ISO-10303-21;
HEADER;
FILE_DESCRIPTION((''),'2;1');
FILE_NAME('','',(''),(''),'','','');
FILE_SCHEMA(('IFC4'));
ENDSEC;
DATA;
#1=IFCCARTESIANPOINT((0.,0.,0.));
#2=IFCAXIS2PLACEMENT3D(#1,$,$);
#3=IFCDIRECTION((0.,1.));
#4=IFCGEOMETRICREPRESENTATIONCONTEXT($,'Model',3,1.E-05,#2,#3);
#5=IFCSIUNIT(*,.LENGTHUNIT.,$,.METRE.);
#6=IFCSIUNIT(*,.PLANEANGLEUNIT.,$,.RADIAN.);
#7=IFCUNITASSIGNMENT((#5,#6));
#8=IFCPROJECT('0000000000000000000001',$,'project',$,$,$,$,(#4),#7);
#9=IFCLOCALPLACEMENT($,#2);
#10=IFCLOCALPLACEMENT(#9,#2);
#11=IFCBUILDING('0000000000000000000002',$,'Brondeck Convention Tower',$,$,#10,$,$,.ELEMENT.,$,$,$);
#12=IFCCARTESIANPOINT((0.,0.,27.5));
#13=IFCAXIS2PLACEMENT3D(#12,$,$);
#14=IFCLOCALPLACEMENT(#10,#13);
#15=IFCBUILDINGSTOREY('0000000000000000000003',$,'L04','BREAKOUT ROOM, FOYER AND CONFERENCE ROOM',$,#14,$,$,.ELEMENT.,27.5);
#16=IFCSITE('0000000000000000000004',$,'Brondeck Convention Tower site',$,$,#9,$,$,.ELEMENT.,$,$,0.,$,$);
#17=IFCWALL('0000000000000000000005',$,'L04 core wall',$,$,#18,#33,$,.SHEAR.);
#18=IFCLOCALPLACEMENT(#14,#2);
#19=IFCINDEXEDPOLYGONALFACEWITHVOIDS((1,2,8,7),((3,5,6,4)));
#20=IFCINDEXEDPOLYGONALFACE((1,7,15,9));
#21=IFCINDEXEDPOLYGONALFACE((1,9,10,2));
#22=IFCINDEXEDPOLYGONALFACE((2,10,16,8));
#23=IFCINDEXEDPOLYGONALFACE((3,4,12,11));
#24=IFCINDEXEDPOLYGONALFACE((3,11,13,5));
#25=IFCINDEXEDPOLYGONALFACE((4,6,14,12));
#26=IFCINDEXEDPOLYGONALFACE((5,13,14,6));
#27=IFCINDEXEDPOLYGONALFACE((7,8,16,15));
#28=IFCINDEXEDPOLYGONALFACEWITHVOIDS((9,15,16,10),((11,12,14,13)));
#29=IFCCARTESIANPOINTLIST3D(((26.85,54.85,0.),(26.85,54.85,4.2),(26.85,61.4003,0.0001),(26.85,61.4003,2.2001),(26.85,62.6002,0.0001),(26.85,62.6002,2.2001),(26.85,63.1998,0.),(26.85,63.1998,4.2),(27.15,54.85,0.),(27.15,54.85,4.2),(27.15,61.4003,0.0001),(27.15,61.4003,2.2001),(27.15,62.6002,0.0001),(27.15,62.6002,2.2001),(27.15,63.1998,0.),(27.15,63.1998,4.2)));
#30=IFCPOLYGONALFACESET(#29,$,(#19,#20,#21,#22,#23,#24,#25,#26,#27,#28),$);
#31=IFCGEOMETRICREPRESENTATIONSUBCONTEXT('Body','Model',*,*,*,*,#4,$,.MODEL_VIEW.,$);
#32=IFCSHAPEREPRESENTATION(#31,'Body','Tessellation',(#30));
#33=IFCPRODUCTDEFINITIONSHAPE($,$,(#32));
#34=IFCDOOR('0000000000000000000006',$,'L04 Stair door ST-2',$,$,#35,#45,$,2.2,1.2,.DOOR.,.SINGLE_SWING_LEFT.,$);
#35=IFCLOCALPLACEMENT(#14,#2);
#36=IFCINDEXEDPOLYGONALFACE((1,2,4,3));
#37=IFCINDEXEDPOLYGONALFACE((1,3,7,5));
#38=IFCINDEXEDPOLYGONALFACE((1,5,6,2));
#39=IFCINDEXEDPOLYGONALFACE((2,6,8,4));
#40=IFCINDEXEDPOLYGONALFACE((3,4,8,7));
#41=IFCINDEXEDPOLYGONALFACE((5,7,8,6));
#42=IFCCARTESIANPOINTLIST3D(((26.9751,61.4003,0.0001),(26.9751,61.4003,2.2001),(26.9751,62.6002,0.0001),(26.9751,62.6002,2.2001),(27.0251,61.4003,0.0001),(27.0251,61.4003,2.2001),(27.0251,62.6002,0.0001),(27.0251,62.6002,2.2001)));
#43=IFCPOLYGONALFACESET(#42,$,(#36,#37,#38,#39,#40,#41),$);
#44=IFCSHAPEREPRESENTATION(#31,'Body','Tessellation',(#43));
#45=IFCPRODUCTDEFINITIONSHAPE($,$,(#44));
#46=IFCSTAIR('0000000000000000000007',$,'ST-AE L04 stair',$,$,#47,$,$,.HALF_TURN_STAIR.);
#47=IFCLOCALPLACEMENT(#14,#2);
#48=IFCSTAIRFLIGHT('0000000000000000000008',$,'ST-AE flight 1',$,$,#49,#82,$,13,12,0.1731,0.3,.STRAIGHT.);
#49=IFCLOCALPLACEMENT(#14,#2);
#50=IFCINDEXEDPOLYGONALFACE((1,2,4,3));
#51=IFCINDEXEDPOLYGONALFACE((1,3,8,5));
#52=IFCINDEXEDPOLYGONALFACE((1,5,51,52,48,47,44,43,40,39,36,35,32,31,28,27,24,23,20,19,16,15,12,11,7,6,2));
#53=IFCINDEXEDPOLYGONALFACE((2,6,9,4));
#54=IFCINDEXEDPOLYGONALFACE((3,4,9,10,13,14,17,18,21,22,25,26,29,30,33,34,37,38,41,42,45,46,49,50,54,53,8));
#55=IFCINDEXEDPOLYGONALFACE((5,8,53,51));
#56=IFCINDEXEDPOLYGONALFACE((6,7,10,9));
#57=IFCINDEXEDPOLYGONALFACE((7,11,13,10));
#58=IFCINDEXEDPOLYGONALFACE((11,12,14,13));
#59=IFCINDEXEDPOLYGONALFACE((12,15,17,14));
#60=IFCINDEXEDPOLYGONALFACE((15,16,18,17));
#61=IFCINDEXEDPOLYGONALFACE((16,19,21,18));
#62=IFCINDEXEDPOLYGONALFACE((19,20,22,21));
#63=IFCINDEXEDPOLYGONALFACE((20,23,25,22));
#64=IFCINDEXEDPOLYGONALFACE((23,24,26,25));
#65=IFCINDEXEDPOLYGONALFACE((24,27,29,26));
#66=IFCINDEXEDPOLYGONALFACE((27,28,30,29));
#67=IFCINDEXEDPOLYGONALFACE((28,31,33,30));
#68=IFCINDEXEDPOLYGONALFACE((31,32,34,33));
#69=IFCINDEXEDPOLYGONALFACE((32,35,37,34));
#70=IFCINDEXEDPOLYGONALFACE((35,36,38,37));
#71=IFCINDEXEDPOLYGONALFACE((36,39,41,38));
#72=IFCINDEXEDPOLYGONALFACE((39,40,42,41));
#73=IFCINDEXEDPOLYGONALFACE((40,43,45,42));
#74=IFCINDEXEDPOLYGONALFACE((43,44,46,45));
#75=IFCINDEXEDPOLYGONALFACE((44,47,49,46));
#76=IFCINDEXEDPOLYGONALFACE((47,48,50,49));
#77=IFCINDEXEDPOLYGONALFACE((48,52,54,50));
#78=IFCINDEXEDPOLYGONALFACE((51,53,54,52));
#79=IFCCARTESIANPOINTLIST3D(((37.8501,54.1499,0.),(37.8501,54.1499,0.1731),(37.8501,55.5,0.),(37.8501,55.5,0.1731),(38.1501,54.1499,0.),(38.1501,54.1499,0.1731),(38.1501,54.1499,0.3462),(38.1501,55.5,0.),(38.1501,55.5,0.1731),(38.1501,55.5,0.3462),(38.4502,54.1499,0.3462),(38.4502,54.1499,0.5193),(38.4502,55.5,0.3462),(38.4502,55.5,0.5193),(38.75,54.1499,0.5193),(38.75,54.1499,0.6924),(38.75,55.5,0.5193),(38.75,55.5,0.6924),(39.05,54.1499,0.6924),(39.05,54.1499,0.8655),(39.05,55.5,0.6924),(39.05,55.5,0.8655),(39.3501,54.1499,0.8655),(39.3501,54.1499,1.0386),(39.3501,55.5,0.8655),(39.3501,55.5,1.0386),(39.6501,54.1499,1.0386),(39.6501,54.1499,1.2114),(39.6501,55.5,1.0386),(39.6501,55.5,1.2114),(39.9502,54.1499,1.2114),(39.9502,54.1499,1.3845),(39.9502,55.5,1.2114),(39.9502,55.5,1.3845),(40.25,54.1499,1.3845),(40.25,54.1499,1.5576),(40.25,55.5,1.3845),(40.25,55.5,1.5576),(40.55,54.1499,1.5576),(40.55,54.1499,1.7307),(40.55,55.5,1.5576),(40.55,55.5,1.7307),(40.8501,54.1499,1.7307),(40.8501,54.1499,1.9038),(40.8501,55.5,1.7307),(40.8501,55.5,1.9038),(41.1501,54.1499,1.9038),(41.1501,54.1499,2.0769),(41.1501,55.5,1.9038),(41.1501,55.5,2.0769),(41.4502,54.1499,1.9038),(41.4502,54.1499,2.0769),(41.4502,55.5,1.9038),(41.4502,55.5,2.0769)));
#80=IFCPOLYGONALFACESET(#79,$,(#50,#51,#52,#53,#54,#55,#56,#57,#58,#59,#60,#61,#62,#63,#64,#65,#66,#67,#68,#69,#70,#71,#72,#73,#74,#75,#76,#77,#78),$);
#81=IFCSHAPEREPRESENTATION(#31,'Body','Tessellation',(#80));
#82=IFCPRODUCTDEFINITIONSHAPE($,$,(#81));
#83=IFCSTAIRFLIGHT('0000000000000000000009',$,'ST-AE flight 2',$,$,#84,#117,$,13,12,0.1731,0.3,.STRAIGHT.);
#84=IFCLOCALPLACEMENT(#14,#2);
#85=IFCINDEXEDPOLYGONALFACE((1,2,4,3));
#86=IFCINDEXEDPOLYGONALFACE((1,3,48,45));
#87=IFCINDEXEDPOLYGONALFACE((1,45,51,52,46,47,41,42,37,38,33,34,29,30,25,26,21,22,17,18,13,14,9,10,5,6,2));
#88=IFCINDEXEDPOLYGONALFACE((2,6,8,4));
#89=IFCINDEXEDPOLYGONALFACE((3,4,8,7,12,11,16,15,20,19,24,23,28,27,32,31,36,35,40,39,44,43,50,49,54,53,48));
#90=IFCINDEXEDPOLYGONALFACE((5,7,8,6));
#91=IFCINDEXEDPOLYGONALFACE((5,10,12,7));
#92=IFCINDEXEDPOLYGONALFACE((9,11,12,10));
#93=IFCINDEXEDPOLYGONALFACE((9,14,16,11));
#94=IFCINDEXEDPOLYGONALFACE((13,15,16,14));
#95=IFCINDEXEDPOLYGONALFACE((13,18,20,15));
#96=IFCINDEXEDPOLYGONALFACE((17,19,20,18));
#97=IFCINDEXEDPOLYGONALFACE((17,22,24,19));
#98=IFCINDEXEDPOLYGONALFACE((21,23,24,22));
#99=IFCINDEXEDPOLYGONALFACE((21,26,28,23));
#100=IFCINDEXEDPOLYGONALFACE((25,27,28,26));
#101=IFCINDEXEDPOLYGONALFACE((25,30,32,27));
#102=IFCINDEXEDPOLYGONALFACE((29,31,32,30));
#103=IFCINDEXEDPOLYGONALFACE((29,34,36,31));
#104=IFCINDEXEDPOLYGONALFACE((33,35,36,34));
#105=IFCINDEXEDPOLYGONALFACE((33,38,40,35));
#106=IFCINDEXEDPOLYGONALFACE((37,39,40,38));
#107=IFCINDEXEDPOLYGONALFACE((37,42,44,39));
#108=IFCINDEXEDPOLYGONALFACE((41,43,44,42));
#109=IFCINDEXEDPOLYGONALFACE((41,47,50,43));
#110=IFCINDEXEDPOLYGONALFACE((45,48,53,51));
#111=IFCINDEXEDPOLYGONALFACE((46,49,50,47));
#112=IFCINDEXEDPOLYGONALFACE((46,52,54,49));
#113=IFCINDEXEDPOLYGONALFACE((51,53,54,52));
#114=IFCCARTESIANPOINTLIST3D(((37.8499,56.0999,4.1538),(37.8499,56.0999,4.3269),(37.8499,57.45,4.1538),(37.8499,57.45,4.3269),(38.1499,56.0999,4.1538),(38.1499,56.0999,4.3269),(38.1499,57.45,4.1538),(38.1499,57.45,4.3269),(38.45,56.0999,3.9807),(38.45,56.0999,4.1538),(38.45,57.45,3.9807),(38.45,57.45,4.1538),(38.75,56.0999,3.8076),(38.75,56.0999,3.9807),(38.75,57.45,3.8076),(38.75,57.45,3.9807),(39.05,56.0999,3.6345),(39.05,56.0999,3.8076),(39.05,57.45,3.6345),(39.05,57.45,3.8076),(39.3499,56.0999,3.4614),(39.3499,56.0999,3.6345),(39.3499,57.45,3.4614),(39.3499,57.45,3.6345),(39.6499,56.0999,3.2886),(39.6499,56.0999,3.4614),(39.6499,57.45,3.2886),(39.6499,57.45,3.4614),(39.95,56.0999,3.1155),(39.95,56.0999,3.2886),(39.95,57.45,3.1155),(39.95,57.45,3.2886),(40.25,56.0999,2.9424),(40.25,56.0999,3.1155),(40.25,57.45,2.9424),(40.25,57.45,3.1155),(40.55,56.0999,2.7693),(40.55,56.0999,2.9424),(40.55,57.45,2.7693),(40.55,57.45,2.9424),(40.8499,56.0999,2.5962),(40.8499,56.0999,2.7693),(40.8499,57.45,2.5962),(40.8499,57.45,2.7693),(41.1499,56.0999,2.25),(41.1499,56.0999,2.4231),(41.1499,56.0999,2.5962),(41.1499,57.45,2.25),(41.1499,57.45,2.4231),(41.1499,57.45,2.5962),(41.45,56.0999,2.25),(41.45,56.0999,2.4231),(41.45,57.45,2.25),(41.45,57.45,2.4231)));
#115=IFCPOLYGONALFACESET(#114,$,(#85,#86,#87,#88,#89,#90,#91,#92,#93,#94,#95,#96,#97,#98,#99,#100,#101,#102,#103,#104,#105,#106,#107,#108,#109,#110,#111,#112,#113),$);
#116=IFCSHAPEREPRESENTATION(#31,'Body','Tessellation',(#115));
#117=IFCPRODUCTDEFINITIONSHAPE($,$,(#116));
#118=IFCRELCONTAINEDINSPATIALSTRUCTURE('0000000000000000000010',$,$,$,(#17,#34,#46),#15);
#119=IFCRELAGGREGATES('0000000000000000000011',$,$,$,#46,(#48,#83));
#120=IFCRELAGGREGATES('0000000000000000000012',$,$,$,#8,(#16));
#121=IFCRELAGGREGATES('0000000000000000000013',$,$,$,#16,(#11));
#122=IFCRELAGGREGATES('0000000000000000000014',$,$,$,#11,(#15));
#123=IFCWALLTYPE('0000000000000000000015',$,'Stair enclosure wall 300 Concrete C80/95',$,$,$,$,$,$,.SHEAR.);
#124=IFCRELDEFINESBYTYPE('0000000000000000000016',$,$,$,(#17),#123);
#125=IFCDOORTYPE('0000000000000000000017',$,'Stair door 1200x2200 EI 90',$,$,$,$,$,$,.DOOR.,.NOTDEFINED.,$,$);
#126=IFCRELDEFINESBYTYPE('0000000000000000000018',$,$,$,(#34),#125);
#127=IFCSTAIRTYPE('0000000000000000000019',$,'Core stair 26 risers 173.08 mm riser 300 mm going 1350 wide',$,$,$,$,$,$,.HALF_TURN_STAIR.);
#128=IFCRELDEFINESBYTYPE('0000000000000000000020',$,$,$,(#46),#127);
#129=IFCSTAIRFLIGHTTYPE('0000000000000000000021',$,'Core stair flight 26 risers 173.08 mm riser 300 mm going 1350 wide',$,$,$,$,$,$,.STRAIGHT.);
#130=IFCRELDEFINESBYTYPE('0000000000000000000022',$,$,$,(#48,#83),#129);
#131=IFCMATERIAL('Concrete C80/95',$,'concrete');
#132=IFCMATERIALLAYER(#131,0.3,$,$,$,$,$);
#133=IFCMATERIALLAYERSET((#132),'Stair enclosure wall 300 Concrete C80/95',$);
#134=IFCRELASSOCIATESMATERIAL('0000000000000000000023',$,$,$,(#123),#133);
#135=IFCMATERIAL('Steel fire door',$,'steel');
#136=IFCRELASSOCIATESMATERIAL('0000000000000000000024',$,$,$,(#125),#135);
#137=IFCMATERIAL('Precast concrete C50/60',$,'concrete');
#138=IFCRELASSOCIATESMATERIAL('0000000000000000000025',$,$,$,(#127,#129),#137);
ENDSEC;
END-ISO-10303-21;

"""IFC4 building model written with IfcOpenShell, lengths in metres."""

from ifc_helpers import new_model, si_unit, direction, frame, frame_2d, origin, place, context, subcontext, project, spatial, polyline, rectangle, outline, extrude, material, layer, layer_set, type_object, element, fill, aggregate, save


model = new_model("IFC4")

# Units and contexts
model_context = context("Model", 3, precision=1e-05, world=origin(), true_north=direction((0.0, 1.0)))
body_context = subcontext(model_context, "Body", "Model", "MODEL_VIEW")
ifc_project = project(units=[si_unit("LENGTHUNIT", "METRE"), si_unit("PLANEANGLEUNIT", "RADIAN")], contexts=[model_context])

# Site, building, storey
site_placement = place(None, origin())
site = spatial("IfcSite", under=ifc_project, at=site_placement, Name="Brondeck Convention Tower site", CompositionType="ELEMENT", RefElevation=0.0)
building_placement = place(site_placement, origin())
building = spatial("IfcBuilding", under=site, at=building_placement, Name="Brondeck Convention Tower", CompositionType="ELEMENT")
storey_placement = place(building_placement, frame((0.0, 0.0, 27.5)))
storey = spatial("IfcBuildingStorey", under=building, at=storey_placement, Name="L04", Description="BREAKOUT ROOM, FOYER AND CONFERENCE ROOM", CompositionType="ELEMENT", Elevation=27.5)

# Shared definitions
ifc_material_1 = material(Name="Concrete C80/95", Category="concrete")

# Shared definitions
ifc_layer_1 = layer(ifc_material_1, 0.3)
ifc_layer_set_1 = layer_set([ifc_layer_1], Name="Stair enclosure wall 300 Concrete C80/95")
wall_type_1 = type_object("IfcWallType", Name="Stair enclosure wall 300 Concrete C80/95", PredefinedType="SHEAR", material=ifc_layer_set_1)

# Wall, opening, door
wall_1_placement = place(storey_placement, frame((27.0, 54.8501, 0.0), z_axis=(0.0, 0.0, 1.0), x_axis=(0.0, 1.0, 0.0)))
wall_1 = element("IfcWall", 1, at=wall_1_placement, inside=storey, type_object=wall_type_1, Name="L04 core wall", PredefinedType="SHEAR", context=body_context, shape_type="SweptSolid", body=[
    extrude(rectangle(XDim=8.3499, YDim=0.3, at=frame_2d((4.1748, 0.0))), origin(), (0.0, 0.0, 1.0), 4.2),
])
opening_1_placement = place(wall_1_placement, frame((6.55, 0.0, 0.0)))
opening_1 = element("IfcOpeningElement", 2, at=opening_1_placement, cuts=wall_1, PredefinedType="OPENING", context=body_context, shape_type="SweptSolid", body=[
    extrude(rectangle(XDim=1.2, YDim=2.2, at=frame_2d((0.6001, 1.1001))), frame((0.0, 0.1599, 0.0), z_axis=(0.0, -1.0, 0.0), x_axis=(1.0, 0.0, 0.0)), (0.0, 0.0, 1.0), 0.3201),
])
ifc_material_2 = material(Name="Steel fire door", Category="steel")
door_type_1 = type_object("IfcDoorType", Name="Stair door 1200x2200 EI 90", OperationType="NOTDEFINED", PredefinedType="DOOR", material=ifc_material_2)
door_1_placement = place(opening_1_placement, origin())
door_1 = element("IfcDoor", 3, at=door_1_placement, inside=storey, type_object=door_type_1, Name="L04 Stair door ST-2", OperationType="SINGLE_SWING_LEFT", OverallHeight=2.2, OverallWidth=1.2, PredefinedType="DOOR", context=body_context, shape_type="SweptSolid", body=[
    extrude(rectangle(XDim=1.2, YDim=2.2, at=frame_2d((0.6001, 1.1001))), frame((0.0, 0.0249, 0.0), z_axis=(0.0, -1.0, 0.0), x_axis=(1.0, 0.0, 0.0)), (0.0, 0.0, 1.0), 0.05),
])
fill(opening_1, door_1)

# Stair, stair flights
ifc_material_3 = material(Name="Precast concrete C50/60", Category="concrete")
stair_type = type_object("IfcStairType", Name="Core stair 26 risers 173.08 mm riser 300 mm going 1350 wide", PredefinedType="HALF_TURN_STAIR", material=ifc_material_3)
stair_placement = place(storey_placement, origin())
stair = element("IfcStair", 4, at=stair_placement, inside=storey, type_object=stair_type, Name="ST-AE L04 stair", PredefinedType="HALF_TURN_STAIR")
stair_flight_type = type_object("IfcStairFlightType", Name="Core stair flight 26 risers 173.08 mm riser 300 mm going 1350 wide", PredefinedType="STRAIGHT", material=ifc_material_3)
stair_flight_1_placement = place(storey_placement, frame((37.8501, 54.825, 0.0), z_axis=(0.0, 0.0, 1.0), x_axis=(1.0, 0.0, 0.0)))
stair_flight_1 = element("IfcStairFlight", 5, at=stair_flight_1_placement, type_object=stair_flight_type, Name="ST-AE flight 1", NumberOfRisers=13, NumberOfTreads=12, PredefinedType="STRAIGHT", RiserHeight=0.1731, TreadLength=0.3, context=body_context, shape_type="SweptSolid", body=[
    extrude(outline(polyline([(0.0, 0.0), (0.0, 0.1731), (0.3, 0.1731), (0.3, 0.3462), (0.6001, 0.3462), (0.6001, 0.5193), (0.8999, 0.5193), (0.8999, 0.6924), (1.2, 0.6924), (1.2, 0.8655), (1.5, 0.8655), (1.5, 1.0386), (1.8, 1.0386), (1.8, 1.2114), (2.1001, 1.2114), (2.1001, 1.3845), (2.3999, 1.3845), (2.3999, 1.5576), (2.7, 1.5576), (2.7, 1.7307), (3.0, 1.7307), (3.0, 1.9038), (3.3, 1.9038), (3.3, 2.0769), (3.6001, 2.0769), (3.6001, 2.25), (3.6001, 1.9038), (0.3, 0.0), (0.0, 0.0)])), frame((0.0, 0.675, 0.0), z_axis=(0.0, -1.0, 0.0), x_axis=(1.0, 0.0, 0.0)), (0.0, 0.0, 1.0), 1.3501),
])
stair_flight_2_placement = place(storey_placement, frame((41.45, 56.7749, 2.25), z_axis=(0.0, 0.0, 1.0), x_axis=(-1.0, 0.0, 0.0)))
stair_flight_2 = element("IfcStairFlight", 6, at=stair_flight_2_placement, type_object=stair_flight_type, Name="ST-AE flight 2", NumberOfRisers=13, NumberOfTreads=12, PredefinedType="STRAIGHT", RiserHeight=0.1731, TreadLength=0.3, context=body_context, shape_type="SweptSolid", body=[
    extrude(outline(polyline([(0.0, 0.0), (0.0, 0.1731), (0.3, 0.1731), (0.3, 0.3462), (0.6001, 0.3462), (0.6001, 0.5193), (0.8999, 0.5193), (0.8999, 0.6924), (1.2, 0.6924), (1.2, 0.8655), (1.5, 0.8655), (1.5, 1.0386), (1.8, 1.0386), (1.8, 1.2114), (2.1001, 1.2114), (2.1001, 1.3845), (2.3999, 1.3845), (2.3999, 1.5576), (2.7, 1.5576), (2.7, 1.7307), (3.0, 1.7307), (3.0, 1.9038), (3.3, 1.9038), (3.3, 2.0769), (3.6001, 2.0769), (3.6001, 2.25), (3.6001, 1.9038), (0.3, 0.0), (0.0, 0.0)])), frame((0.0, 0.675, 0.0), z_axis=(0.0, -1.0, 0.0), x_axis=(1.0, 0.0, 0.0)), (0.0, 0.0, 1.0), 1.3501),
])
aggregate(stair, [stair_flight_1, stair_flight_2])

save(model, "model.ifc")
